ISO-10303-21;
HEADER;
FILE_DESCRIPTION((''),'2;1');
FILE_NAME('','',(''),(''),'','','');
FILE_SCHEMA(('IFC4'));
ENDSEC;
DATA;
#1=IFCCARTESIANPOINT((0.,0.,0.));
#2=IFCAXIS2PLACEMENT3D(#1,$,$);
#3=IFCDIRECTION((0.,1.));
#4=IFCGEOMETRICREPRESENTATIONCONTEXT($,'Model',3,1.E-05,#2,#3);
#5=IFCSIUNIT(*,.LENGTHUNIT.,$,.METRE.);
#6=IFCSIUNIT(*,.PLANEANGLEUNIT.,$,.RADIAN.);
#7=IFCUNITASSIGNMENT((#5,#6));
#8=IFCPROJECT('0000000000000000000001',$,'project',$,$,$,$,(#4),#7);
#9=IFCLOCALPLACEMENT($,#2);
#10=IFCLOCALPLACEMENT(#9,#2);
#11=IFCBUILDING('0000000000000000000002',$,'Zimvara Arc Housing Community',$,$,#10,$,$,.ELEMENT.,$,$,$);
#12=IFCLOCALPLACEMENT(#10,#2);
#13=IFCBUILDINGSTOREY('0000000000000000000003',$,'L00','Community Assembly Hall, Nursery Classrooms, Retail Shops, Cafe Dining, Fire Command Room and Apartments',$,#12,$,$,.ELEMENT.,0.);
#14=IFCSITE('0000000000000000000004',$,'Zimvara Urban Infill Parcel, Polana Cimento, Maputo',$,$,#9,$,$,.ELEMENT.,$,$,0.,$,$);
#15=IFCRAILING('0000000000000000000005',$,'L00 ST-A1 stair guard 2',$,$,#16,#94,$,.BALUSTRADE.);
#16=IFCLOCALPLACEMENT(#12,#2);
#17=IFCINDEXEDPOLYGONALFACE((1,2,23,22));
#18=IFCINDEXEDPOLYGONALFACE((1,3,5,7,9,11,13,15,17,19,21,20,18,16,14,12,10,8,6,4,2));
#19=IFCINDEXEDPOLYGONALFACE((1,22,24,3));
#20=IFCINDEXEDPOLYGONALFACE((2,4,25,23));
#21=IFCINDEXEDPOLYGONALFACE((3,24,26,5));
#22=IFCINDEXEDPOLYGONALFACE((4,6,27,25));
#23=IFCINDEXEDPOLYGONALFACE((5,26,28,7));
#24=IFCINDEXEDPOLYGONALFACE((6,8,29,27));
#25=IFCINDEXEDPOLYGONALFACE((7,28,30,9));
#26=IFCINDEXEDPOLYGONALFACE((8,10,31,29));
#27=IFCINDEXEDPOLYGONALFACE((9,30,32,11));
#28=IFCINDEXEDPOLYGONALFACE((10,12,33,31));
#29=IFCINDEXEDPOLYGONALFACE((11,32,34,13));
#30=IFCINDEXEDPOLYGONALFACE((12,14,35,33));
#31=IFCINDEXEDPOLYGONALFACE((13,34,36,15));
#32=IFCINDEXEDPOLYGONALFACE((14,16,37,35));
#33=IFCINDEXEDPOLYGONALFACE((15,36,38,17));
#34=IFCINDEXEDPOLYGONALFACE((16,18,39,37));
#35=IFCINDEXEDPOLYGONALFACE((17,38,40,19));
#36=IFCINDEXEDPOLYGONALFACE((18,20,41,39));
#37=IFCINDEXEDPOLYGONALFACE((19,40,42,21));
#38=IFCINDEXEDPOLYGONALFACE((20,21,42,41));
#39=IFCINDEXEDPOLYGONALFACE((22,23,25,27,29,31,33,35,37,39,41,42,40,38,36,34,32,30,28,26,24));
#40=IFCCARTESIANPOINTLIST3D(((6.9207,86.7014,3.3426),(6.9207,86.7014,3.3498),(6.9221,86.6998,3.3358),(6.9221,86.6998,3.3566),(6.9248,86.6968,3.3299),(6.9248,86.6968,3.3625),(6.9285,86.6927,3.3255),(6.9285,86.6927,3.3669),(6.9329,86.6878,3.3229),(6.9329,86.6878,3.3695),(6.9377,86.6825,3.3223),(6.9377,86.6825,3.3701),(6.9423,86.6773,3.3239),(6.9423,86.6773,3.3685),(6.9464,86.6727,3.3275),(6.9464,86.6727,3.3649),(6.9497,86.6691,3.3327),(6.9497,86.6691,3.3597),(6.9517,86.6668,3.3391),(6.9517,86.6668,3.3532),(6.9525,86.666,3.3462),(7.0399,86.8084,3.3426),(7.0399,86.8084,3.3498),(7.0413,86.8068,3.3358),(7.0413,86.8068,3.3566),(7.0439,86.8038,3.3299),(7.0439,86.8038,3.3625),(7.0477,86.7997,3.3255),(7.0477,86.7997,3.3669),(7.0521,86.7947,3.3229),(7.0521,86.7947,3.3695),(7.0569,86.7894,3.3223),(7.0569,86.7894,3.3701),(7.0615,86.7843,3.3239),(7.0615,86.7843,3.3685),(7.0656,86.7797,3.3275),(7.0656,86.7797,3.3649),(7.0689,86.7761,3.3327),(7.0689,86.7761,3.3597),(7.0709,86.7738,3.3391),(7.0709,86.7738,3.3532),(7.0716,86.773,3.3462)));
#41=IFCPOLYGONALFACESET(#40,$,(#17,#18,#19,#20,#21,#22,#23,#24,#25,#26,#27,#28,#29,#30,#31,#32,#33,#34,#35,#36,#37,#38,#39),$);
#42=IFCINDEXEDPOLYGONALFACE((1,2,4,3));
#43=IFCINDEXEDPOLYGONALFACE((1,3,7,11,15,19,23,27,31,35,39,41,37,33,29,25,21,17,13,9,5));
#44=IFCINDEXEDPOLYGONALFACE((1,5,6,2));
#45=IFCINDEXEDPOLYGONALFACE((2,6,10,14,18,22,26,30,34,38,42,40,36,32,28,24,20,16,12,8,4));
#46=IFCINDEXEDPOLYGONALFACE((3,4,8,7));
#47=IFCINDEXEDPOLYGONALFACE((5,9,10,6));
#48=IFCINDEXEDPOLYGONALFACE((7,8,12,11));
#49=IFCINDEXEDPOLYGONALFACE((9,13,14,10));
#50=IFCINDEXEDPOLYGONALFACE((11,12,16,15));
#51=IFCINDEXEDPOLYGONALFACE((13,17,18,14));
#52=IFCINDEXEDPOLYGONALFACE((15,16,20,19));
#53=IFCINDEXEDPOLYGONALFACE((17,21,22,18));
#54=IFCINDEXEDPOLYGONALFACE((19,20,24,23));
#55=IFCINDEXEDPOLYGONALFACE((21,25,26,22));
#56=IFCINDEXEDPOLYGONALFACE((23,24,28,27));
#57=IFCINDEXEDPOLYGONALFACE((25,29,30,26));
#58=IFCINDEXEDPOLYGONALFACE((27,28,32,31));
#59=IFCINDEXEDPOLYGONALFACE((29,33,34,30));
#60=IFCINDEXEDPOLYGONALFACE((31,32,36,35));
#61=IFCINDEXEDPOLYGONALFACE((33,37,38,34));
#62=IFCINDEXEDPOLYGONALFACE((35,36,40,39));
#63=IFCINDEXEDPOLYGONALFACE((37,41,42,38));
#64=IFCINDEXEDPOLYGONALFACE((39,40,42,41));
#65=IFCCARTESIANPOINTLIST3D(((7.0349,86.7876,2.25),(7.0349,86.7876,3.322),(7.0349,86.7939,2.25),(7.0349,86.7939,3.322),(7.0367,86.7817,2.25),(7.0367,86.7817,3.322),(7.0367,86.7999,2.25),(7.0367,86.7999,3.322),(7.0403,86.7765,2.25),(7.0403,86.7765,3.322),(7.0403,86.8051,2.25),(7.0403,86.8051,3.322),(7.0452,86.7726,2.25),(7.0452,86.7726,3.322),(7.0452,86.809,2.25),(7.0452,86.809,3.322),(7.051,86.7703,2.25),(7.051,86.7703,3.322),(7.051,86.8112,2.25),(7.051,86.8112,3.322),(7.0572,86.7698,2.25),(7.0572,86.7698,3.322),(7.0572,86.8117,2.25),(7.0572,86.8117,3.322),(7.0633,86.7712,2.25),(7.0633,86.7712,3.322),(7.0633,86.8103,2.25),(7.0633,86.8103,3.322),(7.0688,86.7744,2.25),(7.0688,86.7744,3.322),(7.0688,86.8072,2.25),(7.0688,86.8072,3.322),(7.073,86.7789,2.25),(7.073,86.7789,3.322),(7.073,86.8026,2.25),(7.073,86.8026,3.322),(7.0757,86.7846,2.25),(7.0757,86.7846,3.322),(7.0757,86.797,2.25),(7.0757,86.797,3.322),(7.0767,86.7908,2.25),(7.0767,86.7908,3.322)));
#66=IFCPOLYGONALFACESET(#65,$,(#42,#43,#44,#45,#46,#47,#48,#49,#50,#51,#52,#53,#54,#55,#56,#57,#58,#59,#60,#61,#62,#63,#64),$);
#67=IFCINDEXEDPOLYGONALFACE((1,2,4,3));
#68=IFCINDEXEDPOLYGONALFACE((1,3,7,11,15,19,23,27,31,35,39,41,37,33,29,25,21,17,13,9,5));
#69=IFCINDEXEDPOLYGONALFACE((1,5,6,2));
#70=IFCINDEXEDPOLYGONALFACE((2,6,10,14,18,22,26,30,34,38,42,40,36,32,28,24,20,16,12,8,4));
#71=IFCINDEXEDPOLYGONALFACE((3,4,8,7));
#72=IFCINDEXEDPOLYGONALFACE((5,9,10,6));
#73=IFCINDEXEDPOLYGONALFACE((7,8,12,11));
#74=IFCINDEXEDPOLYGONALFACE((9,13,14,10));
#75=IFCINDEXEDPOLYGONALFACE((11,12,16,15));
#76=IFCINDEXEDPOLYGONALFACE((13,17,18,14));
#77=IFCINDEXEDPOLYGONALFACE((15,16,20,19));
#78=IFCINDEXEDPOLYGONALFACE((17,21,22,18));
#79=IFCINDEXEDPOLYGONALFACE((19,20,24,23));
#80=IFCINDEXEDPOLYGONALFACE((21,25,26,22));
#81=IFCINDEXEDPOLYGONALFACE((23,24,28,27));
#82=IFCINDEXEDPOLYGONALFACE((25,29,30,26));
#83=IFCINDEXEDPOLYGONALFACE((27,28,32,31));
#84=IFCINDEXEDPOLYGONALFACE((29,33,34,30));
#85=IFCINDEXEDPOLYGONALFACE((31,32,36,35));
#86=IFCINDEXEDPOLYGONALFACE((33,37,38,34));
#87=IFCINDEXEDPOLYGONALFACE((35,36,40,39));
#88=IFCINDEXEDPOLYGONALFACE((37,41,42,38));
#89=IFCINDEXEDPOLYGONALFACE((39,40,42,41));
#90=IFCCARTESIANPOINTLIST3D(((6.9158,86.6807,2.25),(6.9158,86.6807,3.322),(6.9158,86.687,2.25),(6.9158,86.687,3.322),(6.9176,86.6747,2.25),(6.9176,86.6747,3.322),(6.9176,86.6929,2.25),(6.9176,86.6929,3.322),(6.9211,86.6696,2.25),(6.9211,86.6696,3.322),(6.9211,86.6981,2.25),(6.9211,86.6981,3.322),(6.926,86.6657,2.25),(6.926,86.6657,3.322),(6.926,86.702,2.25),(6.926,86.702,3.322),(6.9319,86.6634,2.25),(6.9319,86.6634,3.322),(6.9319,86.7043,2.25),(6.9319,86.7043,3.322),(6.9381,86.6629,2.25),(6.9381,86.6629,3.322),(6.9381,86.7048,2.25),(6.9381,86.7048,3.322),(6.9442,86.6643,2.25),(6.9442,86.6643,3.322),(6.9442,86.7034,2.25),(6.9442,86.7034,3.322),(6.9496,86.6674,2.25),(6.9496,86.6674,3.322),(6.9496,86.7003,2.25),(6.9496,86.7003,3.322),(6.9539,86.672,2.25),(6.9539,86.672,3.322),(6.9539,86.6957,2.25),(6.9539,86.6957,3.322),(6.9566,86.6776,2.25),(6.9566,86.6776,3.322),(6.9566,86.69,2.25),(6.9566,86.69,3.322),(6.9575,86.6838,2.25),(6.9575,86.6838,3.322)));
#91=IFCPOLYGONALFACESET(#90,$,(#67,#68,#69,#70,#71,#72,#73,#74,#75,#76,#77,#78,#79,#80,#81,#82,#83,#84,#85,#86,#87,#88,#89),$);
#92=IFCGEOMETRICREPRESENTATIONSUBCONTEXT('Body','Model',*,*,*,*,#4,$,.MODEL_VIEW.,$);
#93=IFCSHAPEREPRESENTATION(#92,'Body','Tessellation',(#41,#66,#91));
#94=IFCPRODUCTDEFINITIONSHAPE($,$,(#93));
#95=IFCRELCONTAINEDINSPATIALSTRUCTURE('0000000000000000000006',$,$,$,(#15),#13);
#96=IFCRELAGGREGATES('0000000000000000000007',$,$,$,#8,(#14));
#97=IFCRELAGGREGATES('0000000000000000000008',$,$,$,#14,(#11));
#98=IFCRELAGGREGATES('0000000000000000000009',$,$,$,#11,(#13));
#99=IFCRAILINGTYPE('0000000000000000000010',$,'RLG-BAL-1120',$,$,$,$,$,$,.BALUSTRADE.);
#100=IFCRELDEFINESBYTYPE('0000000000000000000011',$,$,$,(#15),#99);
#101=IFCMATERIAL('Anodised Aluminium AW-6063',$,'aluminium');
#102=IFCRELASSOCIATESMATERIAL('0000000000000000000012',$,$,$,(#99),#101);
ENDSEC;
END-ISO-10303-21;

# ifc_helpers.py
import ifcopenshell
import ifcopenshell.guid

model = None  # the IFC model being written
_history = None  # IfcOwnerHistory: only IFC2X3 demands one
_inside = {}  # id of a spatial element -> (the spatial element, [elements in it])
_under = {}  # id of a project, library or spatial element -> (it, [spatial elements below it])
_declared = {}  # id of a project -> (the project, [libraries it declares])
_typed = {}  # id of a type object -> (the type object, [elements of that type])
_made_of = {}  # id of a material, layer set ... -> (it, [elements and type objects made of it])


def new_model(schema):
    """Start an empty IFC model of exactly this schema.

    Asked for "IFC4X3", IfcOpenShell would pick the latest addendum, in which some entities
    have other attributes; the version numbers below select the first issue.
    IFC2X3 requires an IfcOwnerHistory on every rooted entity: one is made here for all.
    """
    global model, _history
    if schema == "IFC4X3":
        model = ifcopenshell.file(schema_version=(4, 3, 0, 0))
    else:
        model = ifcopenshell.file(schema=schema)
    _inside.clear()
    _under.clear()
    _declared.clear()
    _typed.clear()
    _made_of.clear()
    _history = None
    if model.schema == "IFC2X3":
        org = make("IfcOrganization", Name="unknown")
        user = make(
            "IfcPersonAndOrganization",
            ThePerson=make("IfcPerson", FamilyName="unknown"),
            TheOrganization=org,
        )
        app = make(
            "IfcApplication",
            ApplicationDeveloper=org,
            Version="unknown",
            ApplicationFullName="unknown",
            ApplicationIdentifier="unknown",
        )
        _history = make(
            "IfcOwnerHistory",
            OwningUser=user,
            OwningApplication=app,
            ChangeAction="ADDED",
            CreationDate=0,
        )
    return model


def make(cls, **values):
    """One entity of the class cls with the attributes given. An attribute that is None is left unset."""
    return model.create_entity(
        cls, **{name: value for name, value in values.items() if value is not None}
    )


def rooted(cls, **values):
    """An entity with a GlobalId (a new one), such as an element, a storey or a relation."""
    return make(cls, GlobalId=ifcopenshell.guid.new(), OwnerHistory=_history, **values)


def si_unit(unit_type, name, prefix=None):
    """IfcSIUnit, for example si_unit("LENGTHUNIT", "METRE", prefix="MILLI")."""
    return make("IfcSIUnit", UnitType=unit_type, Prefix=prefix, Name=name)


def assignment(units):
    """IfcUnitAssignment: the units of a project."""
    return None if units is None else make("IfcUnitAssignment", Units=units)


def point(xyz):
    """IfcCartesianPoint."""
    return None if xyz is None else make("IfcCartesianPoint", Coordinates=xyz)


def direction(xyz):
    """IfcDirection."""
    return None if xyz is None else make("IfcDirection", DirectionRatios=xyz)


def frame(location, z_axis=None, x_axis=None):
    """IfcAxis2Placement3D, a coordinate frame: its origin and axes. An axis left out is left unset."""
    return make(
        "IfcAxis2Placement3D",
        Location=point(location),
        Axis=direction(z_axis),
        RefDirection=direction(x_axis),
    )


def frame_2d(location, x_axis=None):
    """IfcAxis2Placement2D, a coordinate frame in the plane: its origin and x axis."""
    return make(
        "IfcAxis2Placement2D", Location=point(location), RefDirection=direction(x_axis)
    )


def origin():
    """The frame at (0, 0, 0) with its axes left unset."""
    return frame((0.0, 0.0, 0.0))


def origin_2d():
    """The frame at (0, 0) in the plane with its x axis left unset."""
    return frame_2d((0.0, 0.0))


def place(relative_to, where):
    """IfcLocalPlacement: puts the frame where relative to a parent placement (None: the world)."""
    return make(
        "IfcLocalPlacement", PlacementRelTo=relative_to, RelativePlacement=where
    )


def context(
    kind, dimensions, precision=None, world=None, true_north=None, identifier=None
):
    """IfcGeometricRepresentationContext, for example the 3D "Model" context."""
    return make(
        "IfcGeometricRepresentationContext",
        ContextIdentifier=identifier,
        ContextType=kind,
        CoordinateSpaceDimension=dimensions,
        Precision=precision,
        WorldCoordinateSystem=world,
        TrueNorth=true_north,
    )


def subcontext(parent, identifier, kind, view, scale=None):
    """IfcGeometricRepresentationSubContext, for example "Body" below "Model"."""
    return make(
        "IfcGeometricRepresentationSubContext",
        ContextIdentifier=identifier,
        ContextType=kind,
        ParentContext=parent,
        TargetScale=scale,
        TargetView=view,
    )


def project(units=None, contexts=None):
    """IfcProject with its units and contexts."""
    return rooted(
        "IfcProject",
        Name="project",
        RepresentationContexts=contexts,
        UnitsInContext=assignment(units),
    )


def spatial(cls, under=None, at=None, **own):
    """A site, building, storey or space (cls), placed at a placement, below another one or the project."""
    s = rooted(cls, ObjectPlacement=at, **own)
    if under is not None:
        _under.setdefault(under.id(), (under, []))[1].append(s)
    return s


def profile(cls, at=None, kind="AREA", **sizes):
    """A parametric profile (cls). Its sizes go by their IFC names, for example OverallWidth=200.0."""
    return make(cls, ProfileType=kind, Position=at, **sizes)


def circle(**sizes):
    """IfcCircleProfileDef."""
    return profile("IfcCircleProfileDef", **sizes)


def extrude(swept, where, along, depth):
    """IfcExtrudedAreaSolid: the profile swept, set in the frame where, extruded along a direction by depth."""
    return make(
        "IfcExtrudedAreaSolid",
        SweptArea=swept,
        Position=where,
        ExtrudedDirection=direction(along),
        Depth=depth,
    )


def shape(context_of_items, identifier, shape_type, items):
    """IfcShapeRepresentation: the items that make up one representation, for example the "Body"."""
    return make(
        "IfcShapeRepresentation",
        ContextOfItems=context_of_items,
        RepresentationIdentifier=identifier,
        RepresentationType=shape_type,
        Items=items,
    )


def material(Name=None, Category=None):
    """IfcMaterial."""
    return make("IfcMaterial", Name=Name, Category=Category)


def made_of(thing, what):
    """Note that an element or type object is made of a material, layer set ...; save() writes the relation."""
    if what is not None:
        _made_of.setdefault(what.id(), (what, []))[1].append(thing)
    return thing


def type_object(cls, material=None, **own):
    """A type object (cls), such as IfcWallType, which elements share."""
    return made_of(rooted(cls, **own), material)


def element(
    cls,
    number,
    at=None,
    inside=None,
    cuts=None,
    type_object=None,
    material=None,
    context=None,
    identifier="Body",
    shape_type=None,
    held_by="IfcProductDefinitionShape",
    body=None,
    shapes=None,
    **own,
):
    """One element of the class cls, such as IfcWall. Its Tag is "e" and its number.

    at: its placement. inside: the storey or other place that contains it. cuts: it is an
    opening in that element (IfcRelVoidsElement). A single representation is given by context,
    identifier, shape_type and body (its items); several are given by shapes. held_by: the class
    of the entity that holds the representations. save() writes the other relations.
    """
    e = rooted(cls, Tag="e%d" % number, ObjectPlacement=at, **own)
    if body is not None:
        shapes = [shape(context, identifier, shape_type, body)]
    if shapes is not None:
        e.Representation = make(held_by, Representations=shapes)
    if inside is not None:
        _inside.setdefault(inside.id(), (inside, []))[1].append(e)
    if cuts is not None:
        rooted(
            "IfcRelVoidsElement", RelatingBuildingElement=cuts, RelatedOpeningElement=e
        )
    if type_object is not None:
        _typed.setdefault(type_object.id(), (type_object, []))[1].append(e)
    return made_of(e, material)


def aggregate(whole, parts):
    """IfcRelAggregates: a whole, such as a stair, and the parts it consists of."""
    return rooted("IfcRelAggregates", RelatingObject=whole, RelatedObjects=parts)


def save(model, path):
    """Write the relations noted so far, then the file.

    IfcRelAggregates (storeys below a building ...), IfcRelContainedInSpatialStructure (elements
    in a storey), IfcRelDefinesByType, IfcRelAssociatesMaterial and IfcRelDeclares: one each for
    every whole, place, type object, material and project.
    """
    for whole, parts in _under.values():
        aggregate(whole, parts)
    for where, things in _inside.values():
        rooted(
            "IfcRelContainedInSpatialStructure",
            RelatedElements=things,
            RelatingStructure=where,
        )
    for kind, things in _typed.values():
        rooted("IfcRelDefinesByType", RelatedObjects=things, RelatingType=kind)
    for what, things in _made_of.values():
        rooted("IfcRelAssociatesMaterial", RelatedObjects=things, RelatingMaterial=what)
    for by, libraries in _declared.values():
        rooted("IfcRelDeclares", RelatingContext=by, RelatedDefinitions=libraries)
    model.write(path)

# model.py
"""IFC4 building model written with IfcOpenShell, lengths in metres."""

from ifc_helpers import new_model, si_unit, direction, frame, origin, origin_2d, place, context, subcontext, project, spatial, circle, extrude, material, type_object, element, save


model = new_model("IFC4")

# Units and contexts
model_context = context("Model", 3, precision=1e-05, world=origin(), true_north=direction((0.0, 1.0)))
body_context = subcontext(model_context, "Body", "Model", "MODEL_VIEW")
ifc_project = project(units=[si_unit("LENGTHUNIT", "METRE"), si_unit("PLANEANGLEUNIT", "RADIAN")], contexts=[model_context])

# Site, building, storey
site_placement = place(None, origin())
site = spatial("IfcSite", under=ifc_project, at=site_placement, Name="Zimvara Urban Infill Parcel, Polana Cimento, Maputo", CompositionType="ELEMENT", RefElevation=0.0)
building_placement = place(site_placement, origin())
building = spatial("IfcBuilding", under=site, at=building_placement, Name="Zimvara Arc Housing Community", CompositionType="ELEMENT")
storey_placement = place(building_placement, origin())
storey = spatial("IfcBuildingStorey", under=building, at=storey_placement, Name="L00", Description="Community Assembly Hall, Nursery Classrooms, Retail Shops, Cafe Dining, Fire Command Room and Apartments", CompositionType="ELEMENT", Elevation=0.0)

# Railing
ifc_material_1 = material(Name="Anodised Aluminium AW-6063", Category="aluminium")
railing_type_1 = type_object("IfcRailingType", Name="RLG-BAL-1120", PredefinedType="BALUSTRADE", material=ifc_material_1)
railing_1_placement = place(storey_placement, frame((7.0557, 86.7908, 2.25)))
element("IfcRailing", 1, at=railing_1_placement, inside=storey, type_object=railing_type_1, Name="L00 ST-A1 stair guard 2", PredefinedType="BALUSTRADE", context=body_context, shape_type="SweptSolid", body=[
    extrude(circle(Radius=0.0239, at=origin_2d()), frame((0.0, 0.0, 1.0962), z_axis=(-0.744203, -0.667953, 0.0), x_axis=(0.667953, -0.744203, 0.0)), (0.0, 0.0, 1.0), 0.1602),
    extrude(circle(Radius=0.021, at=origin_2d()), origin(), (0.0, 0.0, 1.0), 1.072),
    extrude(circle(Radius=0.021, at=origin_2d()), frame((-0.1191, -0.1069, 0.0)), (0.0, 0.0, 1.0), 1.072),
])

save(model, "model.ifc")
